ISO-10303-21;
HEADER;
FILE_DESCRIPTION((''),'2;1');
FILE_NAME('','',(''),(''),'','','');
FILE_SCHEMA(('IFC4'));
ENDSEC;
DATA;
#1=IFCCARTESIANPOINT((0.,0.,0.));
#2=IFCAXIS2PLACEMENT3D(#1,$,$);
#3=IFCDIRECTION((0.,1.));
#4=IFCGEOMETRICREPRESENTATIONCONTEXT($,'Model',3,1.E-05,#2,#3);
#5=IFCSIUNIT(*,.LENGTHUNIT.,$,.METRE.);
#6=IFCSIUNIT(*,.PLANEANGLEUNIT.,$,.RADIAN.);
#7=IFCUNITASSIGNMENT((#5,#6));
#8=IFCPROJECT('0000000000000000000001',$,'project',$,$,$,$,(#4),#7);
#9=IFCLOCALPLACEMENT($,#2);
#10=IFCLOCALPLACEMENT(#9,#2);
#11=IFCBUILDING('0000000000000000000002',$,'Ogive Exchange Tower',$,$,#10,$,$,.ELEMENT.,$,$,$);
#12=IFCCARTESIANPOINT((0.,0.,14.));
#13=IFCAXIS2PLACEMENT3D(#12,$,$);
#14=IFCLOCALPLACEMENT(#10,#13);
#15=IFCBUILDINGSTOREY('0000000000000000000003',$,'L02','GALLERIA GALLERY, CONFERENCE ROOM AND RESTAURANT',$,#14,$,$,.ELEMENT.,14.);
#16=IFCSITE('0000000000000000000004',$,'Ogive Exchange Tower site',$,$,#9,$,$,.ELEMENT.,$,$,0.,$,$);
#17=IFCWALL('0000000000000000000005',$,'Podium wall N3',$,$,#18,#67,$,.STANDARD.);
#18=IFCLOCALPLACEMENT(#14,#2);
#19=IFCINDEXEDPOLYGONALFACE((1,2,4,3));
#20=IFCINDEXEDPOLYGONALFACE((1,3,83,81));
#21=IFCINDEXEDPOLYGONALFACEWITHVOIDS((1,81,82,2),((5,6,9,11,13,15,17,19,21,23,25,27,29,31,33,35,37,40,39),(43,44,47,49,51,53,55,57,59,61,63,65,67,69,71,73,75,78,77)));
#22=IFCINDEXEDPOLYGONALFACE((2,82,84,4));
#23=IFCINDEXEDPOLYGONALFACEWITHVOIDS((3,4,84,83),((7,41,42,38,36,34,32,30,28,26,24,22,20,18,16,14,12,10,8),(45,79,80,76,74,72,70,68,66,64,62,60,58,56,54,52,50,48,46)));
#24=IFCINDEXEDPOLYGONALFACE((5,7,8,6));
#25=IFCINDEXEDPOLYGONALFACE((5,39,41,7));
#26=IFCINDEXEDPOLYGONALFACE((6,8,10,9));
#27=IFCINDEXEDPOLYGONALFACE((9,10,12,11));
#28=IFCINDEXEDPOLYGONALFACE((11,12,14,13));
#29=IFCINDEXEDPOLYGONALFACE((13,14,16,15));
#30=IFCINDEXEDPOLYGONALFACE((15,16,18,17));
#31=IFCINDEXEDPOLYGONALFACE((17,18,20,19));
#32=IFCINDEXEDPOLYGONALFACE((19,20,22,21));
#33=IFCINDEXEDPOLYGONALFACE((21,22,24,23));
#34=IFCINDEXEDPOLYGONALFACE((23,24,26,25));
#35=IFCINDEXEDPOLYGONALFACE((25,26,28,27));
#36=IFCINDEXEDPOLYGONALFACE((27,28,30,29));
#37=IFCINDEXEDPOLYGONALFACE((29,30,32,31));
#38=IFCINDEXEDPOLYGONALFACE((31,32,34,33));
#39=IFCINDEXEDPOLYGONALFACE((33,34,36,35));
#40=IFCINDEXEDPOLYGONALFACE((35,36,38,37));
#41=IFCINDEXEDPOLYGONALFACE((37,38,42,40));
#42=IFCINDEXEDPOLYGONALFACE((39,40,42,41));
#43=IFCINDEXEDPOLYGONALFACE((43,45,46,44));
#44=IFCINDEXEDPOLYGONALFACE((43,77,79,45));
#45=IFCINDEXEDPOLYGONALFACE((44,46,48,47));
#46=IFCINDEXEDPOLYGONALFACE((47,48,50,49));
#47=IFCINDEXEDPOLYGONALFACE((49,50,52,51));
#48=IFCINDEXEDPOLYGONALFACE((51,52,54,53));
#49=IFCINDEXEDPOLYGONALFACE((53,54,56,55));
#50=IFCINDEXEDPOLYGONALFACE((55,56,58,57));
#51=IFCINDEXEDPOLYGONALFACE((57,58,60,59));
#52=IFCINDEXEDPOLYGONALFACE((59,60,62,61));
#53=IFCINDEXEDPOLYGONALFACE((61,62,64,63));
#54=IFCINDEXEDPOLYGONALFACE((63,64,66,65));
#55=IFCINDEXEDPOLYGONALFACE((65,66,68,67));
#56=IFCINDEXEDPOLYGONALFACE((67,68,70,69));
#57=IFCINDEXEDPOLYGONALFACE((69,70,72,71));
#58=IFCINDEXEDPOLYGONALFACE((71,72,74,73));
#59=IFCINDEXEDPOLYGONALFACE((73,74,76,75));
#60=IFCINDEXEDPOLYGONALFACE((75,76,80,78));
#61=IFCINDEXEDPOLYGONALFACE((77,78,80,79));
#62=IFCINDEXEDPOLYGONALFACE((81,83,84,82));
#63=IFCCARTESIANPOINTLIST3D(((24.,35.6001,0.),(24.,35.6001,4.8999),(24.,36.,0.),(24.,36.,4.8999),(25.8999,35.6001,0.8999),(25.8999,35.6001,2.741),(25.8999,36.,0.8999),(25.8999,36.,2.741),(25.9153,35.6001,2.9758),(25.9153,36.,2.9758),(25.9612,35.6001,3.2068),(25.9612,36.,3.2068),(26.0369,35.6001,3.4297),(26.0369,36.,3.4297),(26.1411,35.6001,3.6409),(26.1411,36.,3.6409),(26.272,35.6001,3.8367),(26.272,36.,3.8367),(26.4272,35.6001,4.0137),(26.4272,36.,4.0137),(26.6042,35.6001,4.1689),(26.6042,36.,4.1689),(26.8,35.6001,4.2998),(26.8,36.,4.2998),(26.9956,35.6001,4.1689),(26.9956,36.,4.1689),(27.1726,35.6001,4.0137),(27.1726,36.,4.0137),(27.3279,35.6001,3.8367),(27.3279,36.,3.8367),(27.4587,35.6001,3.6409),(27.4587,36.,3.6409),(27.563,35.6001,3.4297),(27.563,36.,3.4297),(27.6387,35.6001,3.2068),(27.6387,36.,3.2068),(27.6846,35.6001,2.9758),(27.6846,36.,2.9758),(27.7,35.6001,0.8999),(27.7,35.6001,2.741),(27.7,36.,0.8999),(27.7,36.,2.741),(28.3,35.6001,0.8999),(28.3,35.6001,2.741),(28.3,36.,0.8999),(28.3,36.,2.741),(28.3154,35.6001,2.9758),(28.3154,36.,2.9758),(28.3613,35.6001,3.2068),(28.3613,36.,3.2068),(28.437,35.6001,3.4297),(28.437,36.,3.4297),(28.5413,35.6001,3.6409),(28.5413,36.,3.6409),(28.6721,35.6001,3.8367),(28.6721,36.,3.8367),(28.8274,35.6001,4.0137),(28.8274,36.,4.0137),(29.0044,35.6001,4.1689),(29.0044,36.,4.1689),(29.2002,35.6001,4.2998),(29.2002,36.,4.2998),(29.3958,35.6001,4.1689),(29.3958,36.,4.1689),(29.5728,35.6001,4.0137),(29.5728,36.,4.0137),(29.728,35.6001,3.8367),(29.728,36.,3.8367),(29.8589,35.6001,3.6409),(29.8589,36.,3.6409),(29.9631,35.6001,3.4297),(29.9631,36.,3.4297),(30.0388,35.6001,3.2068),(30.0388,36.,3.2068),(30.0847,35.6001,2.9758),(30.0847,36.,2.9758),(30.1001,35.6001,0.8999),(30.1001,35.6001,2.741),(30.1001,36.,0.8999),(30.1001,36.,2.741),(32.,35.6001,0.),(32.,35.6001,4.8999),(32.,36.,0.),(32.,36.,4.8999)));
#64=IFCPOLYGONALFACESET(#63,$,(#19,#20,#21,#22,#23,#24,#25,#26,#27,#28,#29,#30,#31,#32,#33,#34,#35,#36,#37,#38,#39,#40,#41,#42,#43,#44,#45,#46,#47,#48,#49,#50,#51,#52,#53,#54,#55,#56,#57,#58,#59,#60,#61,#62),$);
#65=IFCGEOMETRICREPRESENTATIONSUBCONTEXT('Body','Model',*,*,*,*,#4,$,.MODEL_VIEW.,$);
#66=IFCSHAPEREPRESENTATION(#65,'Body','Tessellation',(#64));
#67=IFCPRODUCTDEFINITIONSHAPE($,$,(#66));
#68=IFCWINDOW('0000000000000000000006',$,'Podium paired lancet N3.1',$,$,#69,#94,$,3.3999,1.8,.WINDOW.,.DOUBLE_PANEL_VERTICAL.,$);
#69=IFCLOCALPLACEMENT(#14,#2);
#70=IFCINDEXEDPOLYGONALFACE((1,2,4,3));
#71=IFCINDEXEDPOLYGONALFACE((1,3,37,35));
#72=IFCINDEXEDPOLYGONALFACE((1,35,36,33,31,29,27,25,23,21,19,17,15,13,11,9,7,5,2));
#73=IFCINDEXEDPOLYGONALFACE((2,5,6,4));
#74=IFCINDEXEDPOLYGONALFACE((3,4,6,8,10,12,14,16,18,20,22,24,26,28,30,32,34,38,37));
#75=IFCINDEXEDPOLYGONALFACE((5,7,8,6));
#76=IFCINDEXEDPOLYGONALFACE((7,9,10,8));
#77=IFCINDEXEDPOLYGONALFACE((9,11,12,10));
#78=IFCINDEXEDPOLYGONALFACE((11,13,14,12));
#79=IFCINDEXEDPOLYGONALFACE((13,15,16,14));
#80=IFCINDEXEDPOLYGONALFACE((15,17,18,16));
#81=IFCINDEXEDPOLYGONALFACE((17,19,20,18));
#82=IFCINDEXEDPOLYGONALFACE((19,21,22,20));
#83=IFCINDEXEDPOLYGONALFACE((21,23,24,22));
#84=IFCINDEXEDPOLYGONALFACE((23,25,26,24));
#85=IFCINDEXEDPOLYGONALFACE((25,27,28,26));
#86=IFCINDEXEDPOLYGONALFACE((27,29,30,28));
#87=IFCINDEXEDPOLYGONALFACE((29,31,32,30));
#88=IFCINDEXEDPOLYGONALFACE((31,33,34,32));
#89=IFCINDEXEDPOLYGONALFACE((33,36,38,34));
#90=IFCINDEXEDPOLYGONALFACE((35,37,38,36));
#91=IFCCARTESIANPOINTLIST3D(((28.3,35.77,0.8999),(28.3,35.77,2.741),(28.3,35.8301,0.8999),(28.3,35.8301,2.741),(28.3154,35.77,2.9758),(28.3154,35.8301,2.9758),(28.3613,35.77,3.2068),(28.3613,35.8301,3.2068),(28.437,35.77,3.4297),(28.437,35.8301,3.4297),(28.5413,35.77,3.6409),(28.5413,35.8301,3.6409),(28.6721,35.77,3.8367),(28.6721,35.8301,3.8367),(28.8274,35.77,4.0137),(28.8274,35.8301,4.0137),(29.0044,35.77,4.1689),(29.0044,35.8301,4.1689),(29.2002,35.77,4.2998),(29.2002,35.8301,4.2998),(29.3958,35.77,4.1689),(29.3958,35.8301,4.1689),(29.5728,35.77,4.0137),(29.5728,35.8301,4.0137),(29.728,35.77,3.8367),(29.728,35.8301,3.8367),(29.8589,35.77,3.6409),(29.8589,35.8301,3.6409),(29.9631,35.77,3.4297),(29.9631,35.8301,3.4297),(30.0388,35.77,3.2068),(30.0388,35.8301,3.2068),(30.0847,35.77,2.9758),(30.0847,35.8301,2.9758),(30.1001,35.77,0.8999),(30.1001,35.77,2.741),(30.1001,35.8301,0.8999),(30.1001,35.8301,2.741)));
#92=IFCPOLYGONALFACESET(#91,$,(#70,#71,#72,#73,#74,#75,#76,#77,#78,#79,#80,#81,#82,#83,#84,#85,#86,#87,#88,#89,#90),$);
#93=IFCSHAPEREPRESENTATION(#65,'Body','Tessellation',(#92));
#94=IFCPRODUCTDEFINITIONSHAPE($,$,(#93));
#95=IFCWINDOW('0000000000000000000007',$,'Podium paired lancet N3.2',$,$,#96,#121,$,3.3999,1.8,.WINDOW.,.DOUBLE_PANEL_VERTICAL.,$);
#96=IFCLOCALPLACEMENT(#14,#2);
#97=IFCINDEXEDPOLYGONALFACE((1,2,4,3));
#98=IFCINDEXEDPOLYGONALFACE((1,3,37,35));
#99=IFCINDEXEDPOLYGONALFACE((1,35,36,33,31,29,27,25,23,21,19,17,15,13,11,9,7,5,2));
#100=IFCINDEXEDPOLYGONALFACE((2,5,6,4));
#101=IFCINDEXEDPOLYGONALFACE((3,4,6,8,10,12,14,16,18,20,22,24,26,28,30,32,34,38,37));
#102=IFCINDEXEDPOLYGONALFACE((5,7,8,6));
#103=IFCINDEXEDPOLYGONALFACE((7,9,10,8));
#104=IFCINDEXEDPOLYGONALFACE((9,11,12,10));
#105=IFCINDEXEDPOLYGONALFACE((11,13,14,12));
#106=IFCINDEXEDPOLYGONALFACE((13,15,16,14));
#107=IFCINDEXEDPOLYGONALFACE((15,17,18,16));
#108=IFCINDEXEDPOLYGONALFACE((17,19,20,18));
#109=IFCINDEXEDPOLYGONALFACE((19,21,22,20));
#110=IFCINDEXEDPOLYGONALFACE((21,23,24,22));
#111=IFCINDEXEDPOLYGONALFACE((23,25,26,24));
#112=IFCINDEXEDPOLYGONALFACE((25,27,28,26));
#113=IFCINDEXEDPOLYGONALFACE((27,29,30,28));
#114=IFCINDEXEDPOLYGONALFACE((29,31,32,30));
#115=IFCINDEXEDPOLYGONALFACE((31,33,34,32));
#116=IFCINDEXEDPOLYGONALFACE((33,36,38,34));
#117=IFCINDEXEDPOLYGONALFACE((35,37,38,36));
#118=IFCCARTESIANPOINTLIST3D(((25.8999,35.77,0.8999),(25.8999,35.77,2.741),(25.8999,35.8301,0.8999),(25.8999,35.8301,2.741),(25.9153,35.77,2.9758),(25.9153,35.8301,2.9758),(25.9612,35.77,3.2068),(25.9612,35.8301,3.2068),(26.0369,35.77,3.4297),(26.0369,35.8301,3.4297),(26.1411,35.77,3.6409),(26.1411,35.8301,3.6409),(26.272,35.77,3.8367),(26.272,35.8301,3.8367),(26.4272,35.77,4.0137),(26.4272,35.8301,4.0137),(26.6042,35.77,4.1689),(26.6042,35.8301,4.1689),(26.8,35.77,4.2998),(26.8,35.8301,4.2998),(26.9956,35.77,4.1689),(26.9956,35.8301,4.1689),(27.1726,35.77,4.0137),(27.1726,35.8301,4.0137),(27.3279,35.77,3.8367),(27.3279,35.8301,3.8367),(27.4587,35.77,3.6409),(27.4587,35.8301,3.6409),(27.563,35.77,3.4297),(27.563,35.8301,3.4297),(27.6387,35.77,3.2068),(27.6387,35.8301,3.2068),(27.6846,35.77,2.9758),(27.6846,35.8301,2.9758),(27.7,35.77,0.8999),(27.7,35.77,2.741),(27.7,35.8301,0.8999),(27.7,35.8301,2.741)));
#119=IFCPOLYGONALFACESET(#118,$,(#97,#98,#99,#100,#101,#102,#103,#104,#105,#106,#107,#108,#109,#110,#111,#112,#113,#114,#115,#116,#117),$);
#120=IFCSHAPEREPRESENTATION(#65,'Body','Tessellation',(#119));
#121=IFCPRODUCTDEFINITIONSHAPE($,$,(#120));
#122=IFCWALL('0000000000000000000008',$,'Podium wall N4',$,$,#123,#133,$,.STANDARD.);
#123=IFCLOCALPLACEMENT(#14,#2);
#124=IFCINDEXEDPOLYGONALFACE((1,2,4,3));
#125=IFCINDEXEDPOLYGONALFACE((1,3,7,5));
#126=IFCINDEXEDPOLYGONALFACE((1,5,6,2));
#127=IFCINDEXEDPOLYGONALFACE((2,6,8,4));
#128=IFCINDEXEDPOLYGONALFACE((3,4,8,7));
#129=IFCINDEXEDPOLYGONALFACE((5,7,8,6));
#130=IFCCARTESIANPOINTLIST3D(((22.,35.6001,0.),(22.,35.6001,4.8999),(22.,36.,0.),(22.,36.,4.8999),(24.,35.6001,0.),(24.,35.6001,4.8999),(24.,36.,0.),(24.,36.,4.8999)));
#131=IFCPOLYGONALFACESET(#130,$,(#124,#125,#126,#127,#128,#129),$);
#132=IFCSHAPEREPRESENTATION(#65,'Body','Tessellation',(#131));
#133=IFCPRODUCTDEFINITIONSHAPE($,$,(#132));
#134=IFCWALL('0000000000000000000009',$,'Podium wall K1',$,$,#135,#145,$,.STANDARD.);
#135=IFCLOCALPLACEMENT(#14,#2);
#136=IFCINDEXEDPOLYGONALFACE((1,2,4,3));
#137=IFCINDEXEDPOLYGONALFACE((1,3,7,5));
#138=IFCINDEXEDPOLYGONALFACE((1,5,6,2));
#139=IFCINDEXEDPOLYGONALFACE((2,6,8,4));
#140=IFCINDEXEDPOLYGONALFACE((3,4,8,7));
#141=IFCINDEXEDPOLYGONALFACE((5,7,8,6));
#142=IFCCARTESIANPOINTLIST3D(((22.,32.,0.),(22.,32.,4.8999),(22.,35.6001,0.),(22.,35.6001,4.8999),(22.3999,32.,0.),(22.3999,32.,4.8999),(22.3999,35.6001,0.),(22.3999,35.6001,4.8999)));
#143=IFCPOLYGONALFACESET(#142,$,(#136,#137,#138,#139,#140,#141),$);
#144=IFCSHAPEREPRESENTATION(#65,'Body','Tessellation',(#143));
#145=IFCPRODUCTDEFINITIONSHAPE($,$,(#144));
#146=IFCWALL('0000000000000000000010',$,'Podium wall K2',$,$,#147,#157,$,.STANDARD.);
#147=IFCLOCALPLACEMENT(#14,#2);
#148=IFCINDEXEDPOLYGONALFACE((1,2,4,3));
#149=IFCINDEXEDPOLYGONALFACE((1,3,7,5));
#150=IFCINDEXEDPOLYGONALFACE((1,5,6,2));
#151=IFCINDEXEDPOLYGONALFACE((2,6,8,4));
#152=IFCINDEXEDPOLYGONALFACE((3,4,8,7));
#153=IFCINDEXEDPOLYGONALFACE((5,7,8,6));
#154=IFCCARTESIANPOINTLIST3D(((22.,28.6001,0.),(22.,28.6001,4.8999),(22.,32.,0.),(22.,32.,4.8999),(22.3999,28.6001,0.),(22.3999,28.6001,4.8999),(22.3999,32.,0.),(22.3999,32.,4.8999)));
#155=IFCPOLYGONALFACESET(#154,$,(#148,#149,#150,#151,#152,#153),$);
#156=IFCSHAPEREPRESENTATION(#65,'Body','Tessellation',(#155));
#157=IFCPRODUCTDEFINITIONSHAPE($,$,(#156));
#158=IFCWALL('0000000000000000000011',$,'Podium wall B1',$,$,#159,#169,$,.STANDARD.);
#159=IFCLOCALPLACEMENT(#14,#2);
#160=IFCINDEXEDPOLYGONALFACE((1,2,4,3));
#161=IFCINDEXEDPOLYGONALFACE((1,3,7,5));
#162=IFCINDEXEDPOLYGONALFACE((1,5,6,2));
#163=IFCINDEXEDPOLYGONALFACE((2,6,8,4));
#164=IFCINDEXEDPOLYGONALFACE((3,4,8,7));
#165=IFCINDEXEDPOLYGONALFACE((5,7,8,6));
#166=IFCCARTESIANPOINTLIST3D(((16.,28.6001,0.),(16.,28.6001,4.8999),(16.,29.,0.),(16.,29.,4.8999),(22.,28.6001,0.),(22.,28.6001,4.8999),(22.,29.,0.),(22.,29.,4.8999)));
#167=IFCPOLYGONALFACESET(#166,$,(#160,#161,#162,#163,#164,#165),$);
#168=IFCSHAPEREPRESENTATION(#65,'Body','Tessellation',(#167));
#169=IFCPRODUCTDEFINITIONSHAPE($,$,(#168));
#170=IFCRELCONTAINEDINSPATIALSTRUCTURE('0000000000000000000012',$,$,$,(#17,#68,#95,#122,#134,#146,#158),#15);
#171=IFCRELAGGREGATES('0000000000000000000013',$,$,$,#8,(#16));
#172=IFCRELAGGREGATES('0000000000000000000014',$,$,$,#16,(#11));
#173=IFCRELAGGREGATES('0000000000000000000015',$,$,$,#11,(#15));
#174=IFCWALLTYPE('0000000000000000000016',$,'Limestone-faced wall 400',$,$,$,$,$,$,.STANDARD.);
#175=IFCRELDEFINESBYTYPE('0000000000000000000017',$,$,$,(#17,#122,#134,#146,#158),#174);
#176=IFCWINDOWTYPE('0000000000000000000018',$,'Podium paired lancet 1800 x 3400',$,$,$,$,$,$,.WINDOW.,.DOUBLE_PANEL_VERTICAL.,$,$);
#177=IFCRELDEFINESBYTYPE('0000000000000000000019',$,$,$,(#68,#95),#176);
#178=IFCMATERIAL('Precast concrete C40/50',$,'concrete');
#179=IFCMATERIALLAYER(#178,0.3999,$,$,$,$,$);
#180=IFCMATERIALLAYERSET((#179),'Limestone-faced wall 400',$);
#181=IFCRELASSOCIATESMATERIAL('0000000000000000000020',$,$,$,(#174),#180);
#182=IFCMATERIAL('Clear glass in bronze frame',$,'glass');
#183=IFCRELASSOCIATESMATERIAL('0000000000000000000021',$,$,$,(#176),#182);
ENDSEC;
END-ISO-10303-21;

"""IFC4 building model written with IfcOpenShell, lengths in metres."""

from ifc_helpers import new_model, si_unit, direction, frame, frame_2d, origin, place, context, subcontext, project, spatial, polyline, rectangle, outline, extrude, material, layer, layer_set, type_object, element, fill, save


model = new_model("IFC4")

# Units and contexts
model_context = context("Model", 3, precision=1e-05, world=origin(), true_north=direction((0.0, 1.0)))
body_context = subcontext(model_context, "Body", "Model", "MODEL_VIEW")
ifc_project = project(units=[si_unit("LENGTHUNIT", "METRE"), si_unit("PLANEANGLEUNIT", "RADIAN")], contexts=[model_context])

# Site, building, storey
site_placement = place(None, origin())
site = spatial("IfcSite", under=ifc_project, at=site_placement, Name="Ogive Exchange Tower site", CompositionType="ELEMENT", RefElevation=0.0)
building_placement = place(site_placement, origin())
building = spatial("IfcBuilding", under=site, at=building_placement, Name="Ogive Exchange Tower", CompositionType="ELEMENT")
storey_placement = place(building_placement, frame((0.0, 0.0, 14.0)))
storey = spatial("IfcBuildingStorey", under=building, at=storey_placement, Name="L02", Description="GALLERIA GALLERY, CONFERENCE ROOM AND RESTAURANT", CompositionType="ELEMENT", Elevation=14.0)

# Wall, openings, windows
ifc_material_1 = material(Name="Precast concrete C40/50", Category="concrete")
ifc_layer_1 = layer(ifc_material_1, 0.3999)
ifc_layer_set_1 = layer_set([ifc_layer_1], Name="Limestone-faced wall 400")
wall_type_1 = type_object("IfcWallType", Name="Limestone-faced wall 400", PredefinedType="STANDARD", material=ifc_layer_set_1)
wall_1_placement = place(storey_placement, frame((32.0, 35.8, 0.0), z_axis=(0.0, 0.0, 1.0), x_axis=(-1.0, 0.0, 0.0)))
wall_1 = element("IfcWall", 1, at=wall_1_placement, inside=storey, type_object=wall_type_1, Name="Podium wall N3", PredefinedType="STANDARD", context=body_context, shape_type="SweptSolid", body=[
    extrude(rectangle(XDim=8.0, YDim=0.3999, at=frame_2d((4.0, 0.0))), origin(), (0.0, 0.0, 1.0), 4.8999),
])
opening_1_placement = place(wall_1_placement, frame((1.8999, 0.0, 0.8999)))
opening_1 = element("IfcOpeningElement", 2, at=opening_1_placement, cuts=wall_1, PredefinedType="OPENING", context=body_context, shape_type="SweptSolid", body=[
    extrude(outline(polyline([(0.0, 0.0), (1.8, 0.0), (1.8, 1.8411), (1.7847, 2.0759), (1.7388, 2.3069), (1.6631, 2.5298), (1.5588, 2.741), (1.428, 2.9368), (1.2727, 3.1138), (1.0957, 3.269), (0.8999, 3.3999), (0.7043, 3.269), (0.5273, 3.1138), (0.3721, 2.9368), (0.2412, 2.741), (0.137, 2.5298), (0.0613, 2.3069), (0.0154, 2.0759), (0.0, 1.8411), (0.0, 0.0)])), frame((0.0, 0.21, 0.0), z_axis=(0.0, -1.0, 0.0), x_axis=(1.0, 0.0, 0.0)), (0.0, 0.0, 1.0), 0.4199),
])
opening_2_placement = place(wall_1_placement, frame((4.3, 0.0, 0.8999)))
opening_2 = element("IfcOpeningElement", 3, at=opening_2_placement, cuts=wall_1, PredefinedType="OPENING", context=body_context, shape_type="SweptSolid", body=[
    extrude(outline(polyline([(0.0, 0.0), (1.8, 0.0), (1.8, 1.8411), (1.7847, 2.0759), (1.7388, 2.3069), (1.6631, 2.5298), (1.5588, 2.741), (1.428, 2.9368), (1.2727, 3.1138), (1.0957, 3.269), (0.8999, 3.3999), (0.7043, 3.269), (0.5273, 3.1138), (0.3721, 2.9368), (0.2412, 2.741), (0.137, 2.5298), (0.0613, 2.3069), (0.0154, 2.0759), (0.0, 1.8411), (0.0, 0.0)])), frame((0.0, 0.21, 0.0), z_axis=(0.0, -1.0, 0.0), x_axis=(1.0, 0.0, 0.0)), (0.0, 0.0, 1.0), 0.4199),
])
ifc_material_2 = material(Name="Clear glass in bronze frame", Category="glass")
window_type = type_object("IfcWindowType", Name="Podium paired lancet 1800 x 3400", PartitioningType="DOUBLE_PANEL_VERTICAL", PredefinedType="WINDOW", material=ifc_material_2)
window_1_placement = place(opening_1_placement, origin())
window_1 = element("IfcWindow", 4, at=window_1_placement, inside=storey, type_object=window_type, Name="Podium paired lancet N3.1", OverallHeight=3.3999, OverallWidth=1.8, PartitioningType="DOUBLE_PANEL_VERTICAL", PredefinedType="WINDOW", context=body_context, shape_type="SweptSolid", body=[
    extrude(outline(polyline([(0.0, 0.0), (1.8, 0.0), (1.8, 1.8411), (1.7847, 2.0759), (1.7388, 2.3069), (1.6631, 2.5298), (1.5588, 2.741), (1.428, 2.9368), (1.2727, 3.1138), (1.0957, 3.269), (0.8999, 3.3999), (0.7043, 3.269), (0.5273, 3.1138), (0.3721, 2.9368), (0.2412, 2.741), (0.137, 2.5298), (0.0613, 2.3069), (0.0154, 2.0759), (0.0, 1.8411), (0.0, 0.0)])), frame((0.0, 0.03, 0.0), z_axis=(0.0, -1.0, 0.0), x_axis=(1.0, 0.0, 0.0)), (0.0, 0.0, 1.0), 0.0601),
])
fill(opening_1, window_1)
window_2_placement = place(opening_2_placement, origin())
window_2 = element("IfcWindow", 5, at=window_2_placement, inside=storey, type_object=window_type, Name="Podium paired lancet N3.2", OverallHeight=3.3999, OverallWidth=1.8, PartitioningType="DOUBLE_PANEL_VERTICAL", PredefinedType="WINDOW", context=body_context, shape_type="SweptSolid", body=[
    extrude(outline(polyline([(0.0, 0.0), (1.8, 0.0), (1.8, 1.8411), (1.7847, 2.0759), (1.7388, 2.3069), (1.6631, 2.5298), (1.5588, 2.741), (1.428, 2.9368), (1.2727, 3.1138), (1.0957, 3.269), (0.8999, 3.3999), (0.7043, 3.269), (0.5273, 3.1138), (0.3721, 2.9368), (0.2412, 2.741), (0.137, 2.5298), (0.0613, 2.3069), (0.0154, 2.0759), (0.0, 1.8411), (0.0, 0.0)])), frame((0.0, 0.03, 0.0), z_axis=(0.0, -1.0, 0.0), x_axis=(1.0, 0.0, 0.0)), (0.0, 0.0, 1.0), 0.0601),
])
fill(opening_2, window_2)

# Walls
wall_2_placement = place(storey_placement, frame((24.0, 35.8, 0.0), z_axis=(0.0, 0.0, 1.0), x_axis=(-1.0, 0.0, 0.0)))
element("IfcWall", 6, at=wall_2_placement, inside=storey, type_object=wall_type_1, Name="Podium wall N4", PredefinedType="STANDARD", context=body_context, shape_type="SweptSolid", body=[
    extrude(rectangle(XDim=2.0, YDim=0.3999, at=frame_2d((1.0, 0.0))), origin(), (0.0, 0.0, 1.0), 4.8999),
])
wall_3_placement = place(storey_placement, frame((22.2, 35.6001, 0.0), z_axis=(0.0, 0.0, 1.0), x_axis=(0.0, -1.0, 0.0)))
element("IfcWall", 7, at=wall_3_placement, inside=storey, type_object=wall_type_1, Name="Podium wall K1", PredefinedType="STANDARD", context=body_context, shape_type="SweptSolid", body=[
    extrude(rectangle(XDim=3.6001, YDim=0.3999, at=frame_2d((1.8, 0.0))), origin(), (0.0, 0.0, 1.0), 4.8999),
])
wall_4_placement = place(storey_placement, frame((22.2, 32.0, 0.0), z_axis=(0.0, 0.0, 1.0), x_axis=(0.0, -1.0, 0.0)))
element("IfcWall", 8, at=wall_4_placement, inside=storey, type_object=wall_type_1, Name="Podium wall K2", PredefinedType="STANDARD", context=body_context, shape_type="SweptSolid", body=[
    extrude(rectangle(XDim=3.3999, YDim=0.3999, at=frame_2d((1.7, 0.0))), origin(), (0.0, 0.0, 1.0), 4.8999),
])
wall_5_placement = place(storey_placement, frame((22.0, 28.8, 0.0), z_axis=(0.0, 0.0, 1.0), x_axis=(-1.0, 0.0, 0.0)))
element("IfcWall", 9, at=wall_5_placement, inside=storey, type_object=wall_type_1, Name="Podium wall B1", PredefinedType="STANDARD", context=body_context, shape_type="SweptSolid", body=[
    extrude(rectangle(XDim=6.0, YDim=0.3999, at=frame_2d((3.0, 0.0))), origin(), (0.0, 0.0, 1.0), 4.8999),
])

save(model, "model.ifc")
